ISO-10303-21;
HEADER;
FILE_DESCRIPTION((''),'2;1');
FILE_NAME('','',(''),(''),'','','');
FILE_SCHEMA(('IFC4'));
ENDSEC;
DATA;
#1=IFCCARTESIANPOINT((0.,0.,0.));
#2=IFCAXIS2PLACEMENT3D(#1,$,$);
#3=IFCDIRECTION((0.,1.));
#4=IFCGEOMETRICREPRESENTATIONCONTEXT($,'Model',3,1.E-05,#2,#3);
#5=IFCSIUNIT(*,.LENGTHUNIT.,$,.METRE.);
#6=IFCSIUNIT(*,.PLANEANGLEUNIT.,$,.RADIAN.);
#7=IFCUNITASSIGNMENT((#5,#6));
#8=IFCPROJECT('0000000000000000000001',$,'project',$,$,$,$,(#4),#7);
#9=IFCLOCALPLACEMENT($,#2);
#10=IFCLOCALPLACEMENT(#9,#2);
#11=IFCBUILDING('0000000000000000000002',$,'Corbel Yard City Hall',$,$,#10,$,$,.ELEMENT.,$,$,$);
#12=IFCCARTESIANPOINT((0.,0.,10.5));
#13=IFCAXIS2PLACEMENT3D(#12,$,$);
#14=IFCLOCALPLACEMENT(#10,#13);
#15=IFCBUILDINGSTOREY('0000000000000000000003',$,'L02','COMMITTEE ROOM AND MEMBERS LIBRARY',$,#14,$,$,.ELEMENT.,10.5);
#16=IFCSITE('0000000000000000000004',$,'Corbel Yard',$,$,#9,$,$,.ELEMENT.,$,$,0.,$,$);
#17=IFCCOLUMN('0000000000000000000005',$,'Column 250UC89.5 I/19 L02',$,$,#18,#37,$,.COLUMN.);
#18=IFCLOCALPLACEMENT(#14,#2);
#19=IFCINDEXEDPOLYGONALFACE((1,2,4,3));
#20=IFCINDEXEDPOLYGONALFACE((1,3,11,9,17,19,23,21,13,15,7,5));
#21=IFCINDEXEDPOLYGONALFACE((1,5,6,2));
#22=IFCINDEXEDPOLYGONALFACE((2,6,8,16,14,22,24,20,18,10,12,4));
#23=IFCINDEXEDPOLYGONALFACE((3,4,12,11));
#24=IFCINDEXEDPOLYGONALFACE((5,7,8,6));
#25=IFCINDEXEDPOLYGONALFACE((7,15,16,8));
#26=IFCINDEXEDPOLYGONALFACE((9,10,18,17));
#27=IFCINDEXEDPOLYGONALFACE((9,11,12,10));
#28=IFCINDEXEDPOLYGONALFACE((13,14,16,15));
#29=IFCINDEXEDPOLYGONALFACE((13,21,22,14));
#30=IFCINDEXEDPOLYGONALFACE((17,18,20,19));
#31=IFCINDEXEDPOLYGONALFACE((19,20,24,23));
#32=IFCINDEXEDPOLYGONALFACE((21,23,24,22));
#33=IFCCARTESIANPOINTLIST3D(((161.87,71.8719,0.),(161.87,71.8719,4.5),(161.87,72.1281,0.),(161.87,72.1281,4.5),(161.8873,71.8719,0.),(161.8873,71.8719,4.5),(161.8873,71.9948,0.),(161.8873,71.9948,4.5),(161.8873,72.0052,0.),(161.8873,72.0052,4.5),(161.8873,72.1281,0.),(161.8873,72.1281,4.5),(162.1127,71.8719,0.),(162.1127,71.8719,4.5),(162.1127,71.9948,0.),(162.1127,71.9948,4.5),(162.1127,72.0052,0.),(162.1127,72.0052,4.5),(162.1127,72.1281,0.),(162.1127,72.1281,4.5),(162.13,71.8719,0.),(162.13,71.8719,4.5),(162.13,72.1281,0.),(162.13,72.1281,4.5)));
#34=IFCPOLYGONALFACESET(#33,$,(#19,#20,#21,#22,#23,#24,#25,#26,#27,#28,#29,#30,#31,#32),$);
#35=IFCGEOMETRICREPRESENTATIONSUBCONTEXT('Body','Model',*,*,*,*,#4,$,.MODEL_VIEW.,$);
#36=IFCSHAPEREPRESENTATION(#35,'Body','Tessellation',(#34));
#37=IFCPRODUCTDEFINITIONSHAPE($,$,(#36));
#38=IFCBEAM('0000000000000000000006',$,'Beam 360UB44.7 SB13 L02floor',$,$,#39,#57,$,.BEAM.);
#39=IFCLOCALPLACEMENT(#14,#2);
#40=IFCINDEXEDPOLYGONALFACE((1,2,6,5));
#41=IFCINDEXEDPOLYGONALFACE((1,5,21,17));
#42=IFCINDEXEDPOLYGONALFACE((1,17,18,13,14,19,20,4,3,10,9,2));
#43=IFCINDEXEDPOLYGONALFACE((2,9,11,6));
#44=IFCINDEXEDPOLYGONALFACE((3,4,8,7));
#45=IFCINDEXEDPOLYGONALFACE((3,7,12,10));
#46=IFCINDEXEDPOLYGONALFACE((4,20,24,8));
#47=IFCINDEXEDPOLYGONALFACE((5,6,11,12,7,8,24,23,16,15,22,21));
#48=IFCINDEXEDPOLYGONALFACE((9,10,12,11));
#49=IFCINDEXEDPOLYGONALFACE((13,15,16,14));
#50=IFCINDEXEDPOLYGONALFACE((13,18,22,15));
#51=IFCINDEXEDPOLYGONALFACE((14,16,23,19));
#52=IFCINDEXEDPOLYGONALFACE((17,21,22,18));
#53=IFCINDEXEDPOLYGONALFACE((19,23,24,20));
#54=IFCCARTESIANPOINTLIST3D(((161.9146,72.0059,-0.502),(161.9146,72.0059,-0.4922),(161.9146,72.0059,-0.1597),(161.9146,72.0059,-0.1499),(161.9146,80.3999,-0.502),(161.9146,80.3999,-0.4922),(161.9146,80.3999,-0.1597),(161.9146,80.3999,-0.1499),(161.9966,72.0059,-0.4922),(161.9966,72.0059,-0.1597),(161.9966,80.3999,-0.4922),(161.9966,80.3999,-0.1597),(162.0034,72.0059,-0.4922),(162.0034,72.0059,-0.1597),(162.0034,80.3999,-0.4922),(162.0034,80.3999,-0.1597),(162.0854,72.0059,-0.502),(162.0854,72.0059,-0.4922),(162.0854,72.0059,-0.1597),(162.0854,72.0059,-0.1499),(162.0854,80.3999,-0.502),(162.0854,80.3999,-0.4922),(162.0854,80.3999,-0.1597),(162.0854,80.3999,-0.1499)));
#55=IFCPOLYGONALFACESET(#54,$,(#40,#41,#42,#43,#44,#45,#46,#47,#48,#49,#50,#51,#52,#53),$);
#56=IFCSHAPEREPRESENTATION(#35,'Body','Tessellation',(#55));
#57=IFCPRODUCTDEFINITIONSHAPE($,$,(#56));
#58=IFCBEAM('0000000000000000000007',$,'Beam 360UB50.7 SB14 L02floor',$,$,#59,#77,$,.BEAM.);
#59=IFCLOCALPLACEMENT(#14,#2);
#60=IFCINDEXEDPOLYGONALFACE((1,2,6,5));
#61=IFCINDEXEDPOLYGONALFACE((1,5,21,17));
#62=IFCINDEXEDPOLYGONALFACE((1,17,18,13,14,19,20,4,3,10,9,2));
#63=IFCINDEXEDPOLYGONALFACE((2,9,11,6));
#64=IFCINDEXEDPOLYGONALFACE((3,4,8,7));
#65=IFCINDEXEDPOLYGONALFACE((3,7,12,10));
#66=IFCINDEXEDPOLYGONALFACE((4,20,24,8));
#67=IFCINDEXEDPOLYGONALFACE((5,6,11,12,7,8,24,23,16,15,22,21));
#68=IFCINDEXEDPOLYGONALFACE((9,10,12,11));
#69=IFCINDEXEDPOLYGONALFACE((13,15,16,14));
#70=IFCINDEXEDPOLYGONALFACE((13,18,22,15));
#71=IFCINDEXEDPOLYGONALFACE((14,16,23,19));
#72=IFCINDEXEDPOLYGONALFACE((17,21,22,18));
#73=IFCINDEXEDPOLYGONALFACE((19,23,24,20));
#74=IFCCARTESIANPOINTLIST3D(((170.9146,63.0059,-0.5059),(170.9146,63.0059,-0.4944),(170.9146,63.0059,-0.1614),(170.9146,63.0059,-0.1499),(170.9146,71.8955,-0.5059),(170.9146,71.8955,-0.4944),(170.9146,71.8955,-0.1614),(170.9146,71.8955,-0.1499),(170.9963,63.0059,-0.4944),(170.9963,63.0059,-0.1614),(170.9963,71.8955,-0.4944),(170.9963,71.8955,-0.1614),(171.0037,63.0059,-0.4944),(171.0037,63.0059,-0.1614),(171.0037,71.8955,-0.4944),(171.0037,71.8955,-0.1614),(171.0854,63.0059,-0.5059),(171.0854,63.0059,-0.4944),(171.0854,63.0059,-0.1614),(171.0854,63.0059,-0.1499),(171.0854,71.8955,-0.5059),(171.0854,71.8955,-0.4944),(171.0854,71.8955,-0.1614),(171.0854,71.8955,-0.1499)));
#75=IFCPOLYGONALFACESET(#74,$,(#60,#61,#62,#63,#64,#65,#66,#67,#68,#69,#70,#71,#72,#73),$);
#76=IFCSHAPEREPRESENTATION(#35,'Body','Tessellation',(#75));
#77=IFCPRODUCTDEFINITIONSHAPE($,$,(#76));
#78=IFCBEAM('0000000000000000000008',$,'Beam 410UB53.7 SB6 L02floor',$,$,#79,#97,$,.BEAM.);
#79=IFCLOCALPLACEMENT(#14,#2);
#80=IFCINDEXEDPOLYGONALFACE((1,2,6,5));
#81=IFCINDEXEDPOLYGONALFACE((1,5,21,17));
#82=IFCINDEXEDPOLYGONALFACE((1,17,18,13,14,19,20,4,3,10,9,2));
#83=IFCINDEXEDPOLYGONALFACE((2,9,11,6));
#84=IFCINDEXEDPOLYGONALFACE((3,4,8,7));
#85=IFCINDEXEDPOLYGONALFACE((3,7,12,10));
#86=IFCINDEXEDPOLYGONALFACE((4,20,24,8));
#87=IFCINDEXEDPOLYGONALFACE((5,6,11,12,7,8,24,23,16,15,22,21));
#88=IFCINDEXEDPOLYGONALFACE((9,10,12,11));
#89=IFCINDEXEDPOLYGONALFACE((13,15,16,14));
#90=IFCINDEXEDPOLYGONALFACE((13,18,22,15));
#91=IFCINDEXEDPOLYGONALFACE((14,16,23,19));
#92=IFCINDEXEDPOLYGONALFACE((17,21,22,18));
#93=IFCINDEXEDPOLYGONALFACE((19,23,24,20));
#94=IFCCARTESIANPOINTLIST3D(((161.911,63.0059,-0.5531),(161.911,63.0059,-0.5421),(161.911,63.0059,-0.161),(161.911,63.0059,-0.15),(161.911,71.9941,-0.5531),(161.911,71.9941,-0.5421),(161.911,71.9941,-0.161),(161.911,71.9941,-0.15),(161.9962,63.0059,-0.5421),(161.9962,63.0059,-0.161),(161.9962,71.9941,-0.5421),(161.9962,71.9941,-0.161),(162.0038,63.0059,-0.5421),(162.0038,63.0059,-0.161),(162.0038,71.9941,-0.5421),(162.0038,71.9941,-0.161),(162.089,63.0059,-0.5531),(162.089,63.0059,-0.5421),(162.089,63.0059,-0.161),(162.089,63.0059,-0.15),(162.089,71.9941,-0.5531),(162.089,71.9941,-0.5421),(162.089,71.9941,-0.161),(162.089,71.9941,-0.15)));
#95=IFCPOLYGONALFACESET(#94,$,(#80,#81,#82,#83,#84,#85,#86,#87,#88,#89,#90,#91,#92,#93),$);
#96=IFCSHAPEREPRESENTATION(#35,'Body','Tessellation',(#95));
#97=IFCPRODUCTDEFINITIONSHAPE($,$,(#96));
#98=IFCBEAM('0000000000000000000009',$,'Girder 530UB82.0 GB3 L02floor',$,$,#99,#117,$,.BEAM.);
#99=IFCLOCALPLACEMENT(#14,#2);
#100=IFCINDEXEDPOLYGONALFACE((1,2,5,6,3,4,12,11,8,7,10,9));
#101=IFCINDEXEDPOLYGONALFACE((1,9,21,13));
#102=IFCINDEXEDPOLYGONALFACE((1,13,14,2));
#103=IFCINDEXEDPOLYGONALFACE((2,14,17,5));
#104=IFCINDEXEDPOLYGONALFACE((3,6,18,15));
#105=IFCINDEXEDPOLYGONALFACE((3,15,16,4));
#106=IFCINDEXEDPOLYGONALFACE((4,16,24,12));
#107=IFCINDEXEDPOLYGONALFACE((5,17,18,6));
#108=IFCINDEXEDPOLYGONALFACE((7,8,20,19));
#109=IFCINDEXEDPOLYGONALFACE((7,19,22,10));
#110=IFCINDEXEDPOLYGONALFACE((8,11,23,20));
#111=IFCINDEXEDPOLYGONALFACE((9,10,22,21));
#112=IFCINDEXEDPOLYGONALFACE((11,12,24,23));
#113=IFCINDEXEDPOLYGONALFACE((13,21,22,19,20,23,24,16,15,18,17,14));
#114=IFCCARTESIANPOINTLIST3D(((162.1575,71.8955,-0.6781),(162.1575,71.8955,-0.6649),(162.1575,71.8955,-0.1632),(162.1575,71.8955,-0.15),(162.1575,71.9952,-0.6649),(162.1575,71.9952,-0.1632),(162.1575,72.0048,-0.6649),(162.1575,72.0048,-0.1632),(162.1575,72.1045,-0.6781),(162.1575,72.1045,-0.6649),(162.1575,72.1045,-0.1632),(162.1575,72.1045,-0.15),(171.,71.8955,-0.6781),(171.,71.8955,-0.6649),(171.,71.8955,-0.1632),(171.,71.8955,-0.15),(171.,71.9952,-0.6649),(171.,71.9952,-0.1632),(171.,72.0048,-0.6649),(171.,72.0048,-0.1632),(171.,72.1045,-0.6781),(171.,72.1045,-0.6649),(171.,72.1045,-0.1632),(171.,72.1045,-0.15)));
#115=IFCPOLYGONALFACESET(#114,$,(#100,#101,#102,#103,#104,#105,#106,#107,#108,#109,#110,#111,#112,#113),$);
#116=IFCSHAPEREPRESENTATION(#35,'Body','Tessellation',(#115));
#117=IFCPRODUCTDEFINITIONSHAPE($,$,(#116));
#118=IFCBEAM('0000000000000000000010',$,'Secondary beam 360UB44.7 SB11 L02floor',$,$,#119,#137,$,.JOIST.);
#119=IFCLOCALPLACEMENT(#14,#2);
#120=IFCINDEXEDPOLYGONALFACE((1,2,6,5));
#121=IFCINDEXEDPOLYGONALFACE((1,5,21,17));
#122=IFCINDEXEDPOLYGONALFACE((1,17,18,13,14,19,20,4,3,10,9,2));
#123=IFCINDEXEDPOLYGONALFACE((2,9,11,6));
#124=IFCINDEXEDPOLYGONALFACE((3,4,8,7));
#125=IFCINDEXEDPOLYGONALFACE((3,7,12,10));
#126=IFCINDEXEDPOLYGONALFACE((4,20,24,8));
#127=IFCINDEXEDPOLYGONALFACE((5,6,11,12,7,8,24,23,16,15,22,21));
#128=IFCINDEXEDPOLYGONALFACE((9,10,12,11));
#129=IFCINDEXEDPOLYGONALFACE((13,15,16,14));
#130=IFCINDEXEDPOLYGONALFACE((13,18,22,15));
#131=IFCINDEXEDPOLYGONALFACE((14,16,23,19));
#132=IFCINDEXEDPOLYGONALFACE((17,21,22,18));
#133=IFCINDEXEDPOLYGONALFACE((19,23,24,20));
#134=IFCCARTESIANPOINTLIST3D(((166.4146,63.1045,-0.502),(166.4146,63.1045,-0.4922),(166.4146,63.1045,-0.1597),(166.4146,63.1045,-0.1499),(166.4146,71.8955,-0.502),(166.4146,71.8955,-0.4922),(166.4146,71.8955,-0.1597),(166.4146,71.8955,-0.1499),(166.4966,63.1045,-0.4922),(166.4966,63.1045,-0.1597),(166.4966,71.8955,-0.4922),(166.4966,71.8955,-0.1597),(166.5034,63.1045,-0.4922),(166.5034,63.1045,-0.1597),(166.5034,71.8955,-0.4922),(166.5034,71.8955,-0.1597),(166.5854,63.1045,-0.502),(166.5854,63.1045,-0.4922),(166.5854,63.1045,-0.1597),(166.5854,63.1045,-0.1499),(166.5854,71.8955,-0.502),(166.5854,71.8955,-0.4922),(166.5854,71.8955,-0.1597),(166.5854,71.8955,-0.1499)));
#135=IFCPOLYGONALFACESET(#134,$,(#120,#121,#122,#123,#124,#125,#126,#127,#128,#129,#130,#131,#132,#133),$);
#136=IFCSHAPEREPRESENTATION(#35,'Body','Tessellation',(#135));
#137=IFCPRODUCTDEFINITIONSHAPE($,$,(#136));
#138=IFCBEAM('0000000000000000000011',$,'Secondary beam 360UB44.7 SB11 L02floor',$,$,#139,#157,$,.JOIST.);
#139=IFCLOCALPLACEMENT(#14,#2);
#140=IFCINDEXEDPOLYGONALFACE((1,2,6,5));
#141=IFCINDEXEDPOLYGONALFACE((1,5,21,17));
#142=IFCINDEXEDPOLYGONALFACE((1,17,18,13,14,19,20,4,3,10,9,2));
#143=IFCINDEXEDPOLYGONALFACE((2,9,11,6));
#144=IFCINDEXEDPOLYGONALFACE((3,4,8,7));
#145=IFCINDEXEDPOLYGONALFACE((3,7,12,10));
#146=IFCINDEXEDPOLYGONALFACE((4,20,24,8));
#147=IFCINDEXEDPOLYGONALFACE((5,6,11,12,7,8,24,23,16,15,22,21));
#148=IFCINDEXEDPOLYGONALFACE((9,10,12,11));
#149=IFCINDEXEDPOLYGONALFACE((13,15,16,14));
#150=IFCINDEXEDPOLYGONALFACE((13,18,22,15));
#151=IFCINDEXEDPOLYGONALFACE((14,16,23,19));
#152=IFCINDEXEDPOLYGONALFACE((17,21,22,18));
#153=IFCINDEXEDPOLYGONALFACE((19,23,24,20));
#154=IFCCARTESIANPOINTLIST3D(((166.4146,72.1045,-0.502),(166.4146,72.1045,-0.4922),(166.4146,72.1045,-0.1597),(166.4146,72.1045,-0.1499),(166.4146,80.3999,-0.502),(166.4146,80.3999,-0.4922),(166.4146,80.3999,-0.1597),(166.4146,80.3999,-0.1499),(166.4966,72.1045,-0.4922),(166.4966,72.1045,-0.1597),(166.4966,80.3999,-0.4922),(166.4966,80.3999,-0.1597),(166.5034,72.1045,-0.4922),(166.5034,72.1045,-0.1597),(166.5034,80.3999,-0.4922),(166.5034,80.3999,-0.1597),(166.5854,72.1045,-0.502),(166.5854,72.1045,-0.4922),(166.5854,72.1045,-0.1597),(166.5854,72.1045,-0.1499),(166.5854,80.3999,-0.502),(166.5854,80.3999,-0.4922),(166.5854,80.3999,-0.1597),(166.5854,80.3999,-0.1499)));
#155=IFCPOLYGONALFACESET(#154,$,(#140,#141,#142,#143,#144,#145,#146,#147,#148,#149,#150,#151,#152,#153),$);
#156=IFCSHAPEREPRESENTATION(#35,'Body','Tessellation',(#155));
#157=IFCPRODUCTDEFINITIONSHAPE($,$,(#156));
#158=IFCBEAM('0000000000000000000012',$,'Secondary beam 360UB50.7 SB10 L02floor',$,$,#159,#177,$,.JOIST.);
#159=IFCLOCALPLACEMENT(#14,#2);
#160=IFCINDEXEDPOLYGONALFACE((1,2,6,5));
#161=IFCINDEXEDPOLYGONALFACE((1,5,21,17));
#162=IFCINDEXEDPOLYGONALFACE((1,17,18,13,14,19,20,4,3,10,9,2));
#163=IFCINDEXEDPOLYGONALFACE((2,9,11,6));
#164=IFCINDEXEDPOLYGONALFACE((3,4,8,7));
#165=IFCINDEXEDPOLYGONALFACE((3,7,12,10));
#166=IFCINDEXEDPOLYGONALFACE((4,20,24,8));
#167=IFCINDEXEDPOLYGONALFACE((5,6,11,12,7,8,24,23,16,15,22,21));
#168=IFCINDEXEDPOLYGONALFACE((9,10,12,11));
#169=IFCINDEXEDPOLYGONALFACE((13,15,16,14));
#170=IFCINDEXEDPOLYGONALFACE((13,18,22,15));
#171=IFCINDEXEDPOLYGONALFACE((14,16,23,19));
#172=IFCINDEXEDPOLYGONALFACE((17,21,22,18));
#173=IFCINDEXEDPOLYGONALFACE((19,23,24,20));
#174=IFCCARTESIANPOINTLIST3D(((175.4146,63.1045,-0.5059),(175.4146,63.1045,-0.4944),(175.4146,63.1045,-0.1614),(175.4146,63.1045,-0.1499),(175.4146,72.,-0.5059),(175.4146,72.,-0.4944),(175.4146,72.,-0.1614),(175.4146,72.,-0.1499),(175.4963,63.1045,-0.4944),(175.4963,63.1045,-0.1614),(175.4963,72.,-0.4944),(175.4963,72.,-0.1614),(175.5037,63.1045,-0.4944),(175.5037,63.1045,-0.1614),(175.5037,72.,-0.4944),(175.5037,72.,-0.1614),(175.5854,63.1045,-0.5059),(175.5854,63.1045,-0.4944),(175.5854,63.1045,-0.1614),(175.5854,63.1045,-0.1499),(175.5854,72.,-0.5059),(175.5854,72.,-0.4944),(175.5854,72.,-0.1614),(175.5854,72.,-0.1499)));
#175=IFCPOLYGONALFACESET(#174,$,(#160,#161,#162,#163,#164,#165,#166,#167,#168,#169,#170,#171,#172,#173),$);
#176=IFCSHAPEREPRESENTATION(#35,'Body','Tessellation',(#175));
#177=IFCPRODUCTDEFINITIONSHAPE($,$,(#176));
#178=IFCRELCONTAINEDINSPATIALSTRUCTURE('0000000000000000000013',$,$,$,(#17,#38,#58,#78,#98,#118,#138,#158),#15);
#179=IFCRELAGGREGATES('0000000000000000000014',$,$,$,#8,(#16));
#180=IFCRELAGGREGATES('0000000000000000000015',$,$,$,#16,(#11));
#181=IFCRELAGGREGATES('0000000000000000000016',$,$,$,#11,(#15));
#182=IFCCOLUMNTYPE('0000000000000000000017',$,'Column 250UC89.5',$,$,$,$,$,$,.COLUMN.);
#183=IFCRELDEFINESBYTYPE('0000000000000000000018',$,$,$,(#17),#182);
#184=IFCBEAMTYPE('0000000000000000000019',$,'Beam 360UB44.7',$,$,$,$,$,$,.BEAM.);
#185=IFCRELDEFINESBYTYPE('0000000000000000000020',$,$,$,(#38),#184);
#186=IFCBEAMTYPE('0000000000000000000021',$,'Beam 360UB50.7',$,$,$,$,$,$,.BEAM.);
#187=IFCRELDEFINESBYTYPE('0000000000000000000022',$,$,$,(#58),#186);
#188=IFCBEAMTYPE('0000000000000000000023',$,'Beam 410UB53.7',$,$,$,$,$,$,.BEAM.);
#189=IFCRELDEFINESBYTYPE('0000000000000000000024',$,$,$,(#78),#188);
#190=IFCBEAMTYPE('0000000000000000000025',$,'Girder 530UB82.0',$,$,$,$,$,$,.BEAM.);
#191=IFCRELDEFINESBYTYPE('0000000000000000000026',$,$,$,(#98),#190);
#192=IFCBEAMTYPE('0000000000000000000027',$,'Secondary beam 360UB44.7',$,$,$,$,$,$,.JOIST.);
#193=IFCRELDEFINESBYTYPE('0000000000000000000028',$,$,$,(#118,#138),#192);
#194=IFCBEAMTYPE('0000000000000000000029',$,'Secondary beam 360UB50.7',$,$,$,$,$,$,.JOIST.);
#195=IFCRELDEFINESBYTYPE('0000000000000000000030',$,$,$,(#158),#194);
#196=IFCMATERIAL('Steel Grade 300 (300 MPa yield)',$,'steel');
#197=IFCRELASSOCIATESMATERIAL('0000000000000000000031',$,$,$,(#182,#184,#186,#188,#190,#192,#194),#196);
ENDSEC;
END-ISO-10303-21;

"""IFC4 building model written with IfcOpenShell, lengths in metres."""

from ifc_helpers import new_model, si_unit, direction, frame, origin, origin_2d, place, context, subcontext, project, spatial, i_section, extrude, material, material_profile, profile_set, type_object, element, save


model = new_model("IFC4")

# Units and contexts
model_context = context("Model", 3, precision=1e-05, world=origin(), true_north=direction((0.0, 1.0)))
body_context = subcontext(model_context, "Body", "Model", "MODEL_VIEW")
ifc_project = project(units=[si_unit("LENGTHUNIT", "METRE"), si_unit("PLANEANGLEUNIT", "RADIAN")], contexts=[model_context])

# Site, building, storey
site_placement = place(None, origin())
site = spatial("IfcSite", under=ifc_project, at=site_placement, Name="Corbel Yard", CompositionType="ELEMENT", RefElevation=0.0)
building_placement = place(site_placement, origin())
building = spatial("IfcBuilding", under=site, at=building_placement, Name="Corbel Yard City Hall", CompositionType="ELEMENT")
storey_placement = place(building_placement, frame((0.0, 0.0, 10.5)))
storey = spatial("IfcBuildingStorey", under=building, at=storey_placement, Name="L02", Description="COMMITTEE ROOM AND MEMBERS LIBRARY", CompositionType="ELEMENT", Elevation=10.5)

# Column
ifc_material_1 = material(Name="Steel Grade 300 (300 MPa yield)", Category="steel")
ifc_material_profile_1 = material_profile(ifc_material_1, i_section(OverallWidth=0.2561, OverallDepth=0.26, WebThickness=0.0105, FlangeThickness=0.0173, at=origin_2d()), Name="250UC89.5")
ifc_profile_set_1 = profile_set([ifc_material_profile_1], Name="Steel Grade 300 (300 MPa yield)")
column_type = type_object("IfcColumnType", Name="Column 250UC89.5", PredefinedType="COLUMN", material=ifc_profile_set_1)
column_placement = place(storey_placement, frame((162.0, 72.0, 0.0), z_axis=(0.0, 0.0, 1.0), x_axis=(0.0, 1.0, 0.0)))
element("IfcColumn", 1, at=column_placement, inside=storey, type_object=column_type, Name="Column 250UC89.5 I/19 L02", PredefinedType="COLUMN", context=body_context, shape_type="SweptSolid", body=[
    extrude(i_section(OverallWidth=0.2561, OverallDepth=0.26, WebThickness=0.0105, FlangeThickness=0.0173, at=origin_2d()), origin(), (0.0, 0.0, 1.0), 4.5),
])

# Beams
ifc_material_profile_2 = material_profile(ifc_material_1, i_section(OverallWidth=0.1709, OverallDepth=0.3521, WebThickness=0.0068, FlangeThickness=0.0098, at=origin_2d()), Name="360UB44.7")
ifc_profile_set_2 = profile_set([ifc_material_profile_2], Name="Steel Grade 300 (300 MPa yield)")
beam_type_1 = type_object("IfcBeamType", Name="Beam 360UB44.7", PredefinedType="BEAM", material=ifc_profile_set_2)
beam_1_placement = place(storey_placement, frame((162.0, 72.0059, -0.3259), z_axis=(0.0, 1.0, 0.0), x_axis=(-1.0, 0.0, 0.0)))
element("IfcBeam", 2, at=beam_1_placement, inside=storey, type_object=beam_type_1, Name="Beam 360UB44.7 SB13 L02floor", PredefinedType="BEAM", context=body_context, shape_type="SweptSolid", body=[
    extrude(i_section(OverallWidth=0.1709, OverallDepth=0.3521, WebThickness=0.0068, FlangeThickness=0.0098, at=origin_2d()), origin(), (0.0, 0.0, 1.0), 8.394),
])
ifc_material_profile_3 = material_profile(ifc_material_1, i_section(OverallWidth=0.1709, OverallDepth=0.356, WebThickness=0.0073, FlangeThickness=0.0115, at=origin_2d()), Name="360UB50.7")
ifc_profile_set_3 = profile_set([ifc_material_profile_3], Name="Steel Grade 300 (300 MPa yield)")
beam_type_2 = type_object("IfcBeamType", Name="Beam 360UB50.7", PredefinedType="BEAM", material=ifc_profile_set_3)
beam_2_placement = place(storey_placement, frame((171.0, 63.0059, -0.3279), z_axis=(0.0, 1.0, 0.0), x_axis=(-1.0, 0.0, 0.0)))
element("IfcBeam", 3, at=beam_2_placement, inside=storey, type_object=beam_type_2, Name="Beam 360UB50.7 SB14 L02floor", PredefinedType="BEAM", context=body_context, shape_type="SweptSolid", body=[
    extrude(i_section(OverallWidth=0.1709, OverallDepth=0.356, WebThickness=0.0073, FlangeThickness=0.0115, at=origin_2d()), origin(), (0.0, 0.0, 1.0), 8.8896),
])
ifc_material_profile_4 = material_profile(ifc_material_1, i_section(OverallWidth=0.178, OverallDepth=0.4031, WebThickness=0.0076, FlangeThickness=0.011, at=origin_2d()), Name="410UB53.7")
ifc_profile_set_4 = profile_set([ifc_material_profile_4], Name="Steel Grade 300 (300 MPa yield)")
beam_type_3 = type_object("IfcBeamType", Name="Beam 410UB53.7", PredefinedType="BEAM", material=ifc_profile_set_4)
beam_3_placement = place(storey_placement, frame((162.0, 63.0059, -0.3516), z_axis=(0.0, 1.0, 0.0), x_axis=(-1.0, 0.0, 0.0)))
element("IfcBeam", 4, at=beam_3_placement, inside=storey, type_object=beam_type_3, Name="Beam 410UB53.7 SB6 L02floor", PredefinedType="BEAM", context=body_context, shape_type="SweptSolid", body=[
    extrude(i_section(OverallWidth=0.178, OverallDepth=0.4031, WebThickness=0.0076, FlangeThickness=0.011, at=origin_2d()), origin(), (0.0, 0.0, 1.0), 8.9883),
])
ifc_material_profile_5 = material_profile(ifc_material_1, i_section(OverallWidth=0.209, OverallDepth=0.5281, WebThickness=0.0095, FlangeThickness=0.0132, at=origin_2d()), Name="530UB82.0")
ifc_profile_set_5 = profile_set([ifc_material_profile_5], Name="Steel Grade 300 (300 MPa yield)")
beam_type_4 = type_object("IfcBeamType", Name="Girder 530UB82.0", PredefinedType="BEAM", material=ifc_profile_set_5)
beam_4_placement = place(storey_placement, frame((162.1575, 72.0, -0.4141), z_axis=(1.0, 0.0, 0.0), x_axis=(0.0, 1.0, 0.0)))
element("IfcBeam", 5, at=beam_4_placement, inside=storey, type_object=beam_type_4, Name="Girder 530UB82.0 GB3 L02floor", PredefinedType="BEAM", context=body_context, shape_type="SweptSolid", body=[
    extrude(i_section(OverallWidth=0.209, OverallDepth=0.5281, WebThickness=0.0095, FlangeThickness=0.0132, at=origin_2d()), origin(), (0.0, 0.0, 1.0), 8.8425),
])
ifc_material_profile_6 = material_profile(ifc_material_1, i_section(OverallWidth=0.1709, OverallDepth=0.3521, WebThickness=0.0068, FlangeThickness=0.0098, at=origin_2d()), Name="360UB44.7")
ifc_profile_set_6 = profile_set([ifc_material_profile_6], Name="Steel Grade 300 (300 MPa yield)")
beam_type_5 = type_object("IfcBeamType", Name="Secondary beam 360UB44.7", PredefinedType="JOIST", material=ifc_profile_set_6)
beam_5_placement = place(storey_placement, frame((166.5, 63.1045, -0.3259), z_axis=(0.0, 1.0, 0.0), x_axis=(-1.0, 0.0, 0.0)))
element("IfcBeam", 6, at=beam_5_placement, inside=storey, type_object=beam_type_5, Name="Secondary beam 360UB44.7 SB11 L02floor", PredefinedType="JOIST", context=body_context, shape_type="SweptSolid", body=[
    extrude(i_section(OverallWidth=0.1709, OverallDepth=0.3521, WebThickness=0.0068, FlangeThickness=0.0098, at=origin_2d()), origin(), (0.0, 0.0, 1.0), 8.791),
])
beam_6_placement = place(storey_placement, frame((166.5, 72.1045, -0.3259), z_axis=(0.0, 1.0, 0.0), x_axis=(-1.0, 0.0, 0.0)))
element("IfcBeam", 7, at=beam_6_placement, inside=storey, type_object=beam_type_5, Name="Secondary beam 360UB44.7 SB11 L02floor", PredefinedType="JOIST", context=body_context, shape_type="SweptSolid", body=[
    extrude(i_section(OverallWidth=0.1709, OverallDepth=0.3521, WebThickness=0.0068, FlangeThickness=0.0098, at=origin_2d()), origin(), (0.0, 0.0, 1.0), 8.2954),
])
ifc_material_profile_7 = material_profile(ifc_material_1, i_section(OverallWidth=0.1709, OverallDepth=0.356, WebThickness=0.0073, FlangeThickness=0.0115, at=origin_2d()), Name="360UB50.7")
ifc_profile_set_7 = profile_set([ifc_material_profile_7], Name="Steel Grade 300 (300 MPa yield)")
beam_type_6 = type_object("IfcBeamType", Name="Secondary beam 360UB50.7", PredefinedType="JOIST", material=ifc_profile_set_7)
beam_7_placement = place(storey_placement, frame((175.5, 63.1045, -0.3279), z_axis=(0.0, 1.0, 0.0), x_axis=(-1.0, 0.0, 0.0)))
element("IfcBeam", 8, at=beam_7_placement, inside=storey, type_object=beam_type_6, Name="Secondary beam 360UB50.7 SB10 L02floor", PredefinedType="JOIST", context=body_context, shape_type="SweptSolid", body=[
    extrude(i_section(OverallWidth=0.1709, OverallDepth=0.356, WebThickness=0.0073, FlangeThickness=0.0115, at=origin_2d()), origin(), (0.0, 0.0, 1.0), 8.8955),
])

save(model, "model.ifc")
